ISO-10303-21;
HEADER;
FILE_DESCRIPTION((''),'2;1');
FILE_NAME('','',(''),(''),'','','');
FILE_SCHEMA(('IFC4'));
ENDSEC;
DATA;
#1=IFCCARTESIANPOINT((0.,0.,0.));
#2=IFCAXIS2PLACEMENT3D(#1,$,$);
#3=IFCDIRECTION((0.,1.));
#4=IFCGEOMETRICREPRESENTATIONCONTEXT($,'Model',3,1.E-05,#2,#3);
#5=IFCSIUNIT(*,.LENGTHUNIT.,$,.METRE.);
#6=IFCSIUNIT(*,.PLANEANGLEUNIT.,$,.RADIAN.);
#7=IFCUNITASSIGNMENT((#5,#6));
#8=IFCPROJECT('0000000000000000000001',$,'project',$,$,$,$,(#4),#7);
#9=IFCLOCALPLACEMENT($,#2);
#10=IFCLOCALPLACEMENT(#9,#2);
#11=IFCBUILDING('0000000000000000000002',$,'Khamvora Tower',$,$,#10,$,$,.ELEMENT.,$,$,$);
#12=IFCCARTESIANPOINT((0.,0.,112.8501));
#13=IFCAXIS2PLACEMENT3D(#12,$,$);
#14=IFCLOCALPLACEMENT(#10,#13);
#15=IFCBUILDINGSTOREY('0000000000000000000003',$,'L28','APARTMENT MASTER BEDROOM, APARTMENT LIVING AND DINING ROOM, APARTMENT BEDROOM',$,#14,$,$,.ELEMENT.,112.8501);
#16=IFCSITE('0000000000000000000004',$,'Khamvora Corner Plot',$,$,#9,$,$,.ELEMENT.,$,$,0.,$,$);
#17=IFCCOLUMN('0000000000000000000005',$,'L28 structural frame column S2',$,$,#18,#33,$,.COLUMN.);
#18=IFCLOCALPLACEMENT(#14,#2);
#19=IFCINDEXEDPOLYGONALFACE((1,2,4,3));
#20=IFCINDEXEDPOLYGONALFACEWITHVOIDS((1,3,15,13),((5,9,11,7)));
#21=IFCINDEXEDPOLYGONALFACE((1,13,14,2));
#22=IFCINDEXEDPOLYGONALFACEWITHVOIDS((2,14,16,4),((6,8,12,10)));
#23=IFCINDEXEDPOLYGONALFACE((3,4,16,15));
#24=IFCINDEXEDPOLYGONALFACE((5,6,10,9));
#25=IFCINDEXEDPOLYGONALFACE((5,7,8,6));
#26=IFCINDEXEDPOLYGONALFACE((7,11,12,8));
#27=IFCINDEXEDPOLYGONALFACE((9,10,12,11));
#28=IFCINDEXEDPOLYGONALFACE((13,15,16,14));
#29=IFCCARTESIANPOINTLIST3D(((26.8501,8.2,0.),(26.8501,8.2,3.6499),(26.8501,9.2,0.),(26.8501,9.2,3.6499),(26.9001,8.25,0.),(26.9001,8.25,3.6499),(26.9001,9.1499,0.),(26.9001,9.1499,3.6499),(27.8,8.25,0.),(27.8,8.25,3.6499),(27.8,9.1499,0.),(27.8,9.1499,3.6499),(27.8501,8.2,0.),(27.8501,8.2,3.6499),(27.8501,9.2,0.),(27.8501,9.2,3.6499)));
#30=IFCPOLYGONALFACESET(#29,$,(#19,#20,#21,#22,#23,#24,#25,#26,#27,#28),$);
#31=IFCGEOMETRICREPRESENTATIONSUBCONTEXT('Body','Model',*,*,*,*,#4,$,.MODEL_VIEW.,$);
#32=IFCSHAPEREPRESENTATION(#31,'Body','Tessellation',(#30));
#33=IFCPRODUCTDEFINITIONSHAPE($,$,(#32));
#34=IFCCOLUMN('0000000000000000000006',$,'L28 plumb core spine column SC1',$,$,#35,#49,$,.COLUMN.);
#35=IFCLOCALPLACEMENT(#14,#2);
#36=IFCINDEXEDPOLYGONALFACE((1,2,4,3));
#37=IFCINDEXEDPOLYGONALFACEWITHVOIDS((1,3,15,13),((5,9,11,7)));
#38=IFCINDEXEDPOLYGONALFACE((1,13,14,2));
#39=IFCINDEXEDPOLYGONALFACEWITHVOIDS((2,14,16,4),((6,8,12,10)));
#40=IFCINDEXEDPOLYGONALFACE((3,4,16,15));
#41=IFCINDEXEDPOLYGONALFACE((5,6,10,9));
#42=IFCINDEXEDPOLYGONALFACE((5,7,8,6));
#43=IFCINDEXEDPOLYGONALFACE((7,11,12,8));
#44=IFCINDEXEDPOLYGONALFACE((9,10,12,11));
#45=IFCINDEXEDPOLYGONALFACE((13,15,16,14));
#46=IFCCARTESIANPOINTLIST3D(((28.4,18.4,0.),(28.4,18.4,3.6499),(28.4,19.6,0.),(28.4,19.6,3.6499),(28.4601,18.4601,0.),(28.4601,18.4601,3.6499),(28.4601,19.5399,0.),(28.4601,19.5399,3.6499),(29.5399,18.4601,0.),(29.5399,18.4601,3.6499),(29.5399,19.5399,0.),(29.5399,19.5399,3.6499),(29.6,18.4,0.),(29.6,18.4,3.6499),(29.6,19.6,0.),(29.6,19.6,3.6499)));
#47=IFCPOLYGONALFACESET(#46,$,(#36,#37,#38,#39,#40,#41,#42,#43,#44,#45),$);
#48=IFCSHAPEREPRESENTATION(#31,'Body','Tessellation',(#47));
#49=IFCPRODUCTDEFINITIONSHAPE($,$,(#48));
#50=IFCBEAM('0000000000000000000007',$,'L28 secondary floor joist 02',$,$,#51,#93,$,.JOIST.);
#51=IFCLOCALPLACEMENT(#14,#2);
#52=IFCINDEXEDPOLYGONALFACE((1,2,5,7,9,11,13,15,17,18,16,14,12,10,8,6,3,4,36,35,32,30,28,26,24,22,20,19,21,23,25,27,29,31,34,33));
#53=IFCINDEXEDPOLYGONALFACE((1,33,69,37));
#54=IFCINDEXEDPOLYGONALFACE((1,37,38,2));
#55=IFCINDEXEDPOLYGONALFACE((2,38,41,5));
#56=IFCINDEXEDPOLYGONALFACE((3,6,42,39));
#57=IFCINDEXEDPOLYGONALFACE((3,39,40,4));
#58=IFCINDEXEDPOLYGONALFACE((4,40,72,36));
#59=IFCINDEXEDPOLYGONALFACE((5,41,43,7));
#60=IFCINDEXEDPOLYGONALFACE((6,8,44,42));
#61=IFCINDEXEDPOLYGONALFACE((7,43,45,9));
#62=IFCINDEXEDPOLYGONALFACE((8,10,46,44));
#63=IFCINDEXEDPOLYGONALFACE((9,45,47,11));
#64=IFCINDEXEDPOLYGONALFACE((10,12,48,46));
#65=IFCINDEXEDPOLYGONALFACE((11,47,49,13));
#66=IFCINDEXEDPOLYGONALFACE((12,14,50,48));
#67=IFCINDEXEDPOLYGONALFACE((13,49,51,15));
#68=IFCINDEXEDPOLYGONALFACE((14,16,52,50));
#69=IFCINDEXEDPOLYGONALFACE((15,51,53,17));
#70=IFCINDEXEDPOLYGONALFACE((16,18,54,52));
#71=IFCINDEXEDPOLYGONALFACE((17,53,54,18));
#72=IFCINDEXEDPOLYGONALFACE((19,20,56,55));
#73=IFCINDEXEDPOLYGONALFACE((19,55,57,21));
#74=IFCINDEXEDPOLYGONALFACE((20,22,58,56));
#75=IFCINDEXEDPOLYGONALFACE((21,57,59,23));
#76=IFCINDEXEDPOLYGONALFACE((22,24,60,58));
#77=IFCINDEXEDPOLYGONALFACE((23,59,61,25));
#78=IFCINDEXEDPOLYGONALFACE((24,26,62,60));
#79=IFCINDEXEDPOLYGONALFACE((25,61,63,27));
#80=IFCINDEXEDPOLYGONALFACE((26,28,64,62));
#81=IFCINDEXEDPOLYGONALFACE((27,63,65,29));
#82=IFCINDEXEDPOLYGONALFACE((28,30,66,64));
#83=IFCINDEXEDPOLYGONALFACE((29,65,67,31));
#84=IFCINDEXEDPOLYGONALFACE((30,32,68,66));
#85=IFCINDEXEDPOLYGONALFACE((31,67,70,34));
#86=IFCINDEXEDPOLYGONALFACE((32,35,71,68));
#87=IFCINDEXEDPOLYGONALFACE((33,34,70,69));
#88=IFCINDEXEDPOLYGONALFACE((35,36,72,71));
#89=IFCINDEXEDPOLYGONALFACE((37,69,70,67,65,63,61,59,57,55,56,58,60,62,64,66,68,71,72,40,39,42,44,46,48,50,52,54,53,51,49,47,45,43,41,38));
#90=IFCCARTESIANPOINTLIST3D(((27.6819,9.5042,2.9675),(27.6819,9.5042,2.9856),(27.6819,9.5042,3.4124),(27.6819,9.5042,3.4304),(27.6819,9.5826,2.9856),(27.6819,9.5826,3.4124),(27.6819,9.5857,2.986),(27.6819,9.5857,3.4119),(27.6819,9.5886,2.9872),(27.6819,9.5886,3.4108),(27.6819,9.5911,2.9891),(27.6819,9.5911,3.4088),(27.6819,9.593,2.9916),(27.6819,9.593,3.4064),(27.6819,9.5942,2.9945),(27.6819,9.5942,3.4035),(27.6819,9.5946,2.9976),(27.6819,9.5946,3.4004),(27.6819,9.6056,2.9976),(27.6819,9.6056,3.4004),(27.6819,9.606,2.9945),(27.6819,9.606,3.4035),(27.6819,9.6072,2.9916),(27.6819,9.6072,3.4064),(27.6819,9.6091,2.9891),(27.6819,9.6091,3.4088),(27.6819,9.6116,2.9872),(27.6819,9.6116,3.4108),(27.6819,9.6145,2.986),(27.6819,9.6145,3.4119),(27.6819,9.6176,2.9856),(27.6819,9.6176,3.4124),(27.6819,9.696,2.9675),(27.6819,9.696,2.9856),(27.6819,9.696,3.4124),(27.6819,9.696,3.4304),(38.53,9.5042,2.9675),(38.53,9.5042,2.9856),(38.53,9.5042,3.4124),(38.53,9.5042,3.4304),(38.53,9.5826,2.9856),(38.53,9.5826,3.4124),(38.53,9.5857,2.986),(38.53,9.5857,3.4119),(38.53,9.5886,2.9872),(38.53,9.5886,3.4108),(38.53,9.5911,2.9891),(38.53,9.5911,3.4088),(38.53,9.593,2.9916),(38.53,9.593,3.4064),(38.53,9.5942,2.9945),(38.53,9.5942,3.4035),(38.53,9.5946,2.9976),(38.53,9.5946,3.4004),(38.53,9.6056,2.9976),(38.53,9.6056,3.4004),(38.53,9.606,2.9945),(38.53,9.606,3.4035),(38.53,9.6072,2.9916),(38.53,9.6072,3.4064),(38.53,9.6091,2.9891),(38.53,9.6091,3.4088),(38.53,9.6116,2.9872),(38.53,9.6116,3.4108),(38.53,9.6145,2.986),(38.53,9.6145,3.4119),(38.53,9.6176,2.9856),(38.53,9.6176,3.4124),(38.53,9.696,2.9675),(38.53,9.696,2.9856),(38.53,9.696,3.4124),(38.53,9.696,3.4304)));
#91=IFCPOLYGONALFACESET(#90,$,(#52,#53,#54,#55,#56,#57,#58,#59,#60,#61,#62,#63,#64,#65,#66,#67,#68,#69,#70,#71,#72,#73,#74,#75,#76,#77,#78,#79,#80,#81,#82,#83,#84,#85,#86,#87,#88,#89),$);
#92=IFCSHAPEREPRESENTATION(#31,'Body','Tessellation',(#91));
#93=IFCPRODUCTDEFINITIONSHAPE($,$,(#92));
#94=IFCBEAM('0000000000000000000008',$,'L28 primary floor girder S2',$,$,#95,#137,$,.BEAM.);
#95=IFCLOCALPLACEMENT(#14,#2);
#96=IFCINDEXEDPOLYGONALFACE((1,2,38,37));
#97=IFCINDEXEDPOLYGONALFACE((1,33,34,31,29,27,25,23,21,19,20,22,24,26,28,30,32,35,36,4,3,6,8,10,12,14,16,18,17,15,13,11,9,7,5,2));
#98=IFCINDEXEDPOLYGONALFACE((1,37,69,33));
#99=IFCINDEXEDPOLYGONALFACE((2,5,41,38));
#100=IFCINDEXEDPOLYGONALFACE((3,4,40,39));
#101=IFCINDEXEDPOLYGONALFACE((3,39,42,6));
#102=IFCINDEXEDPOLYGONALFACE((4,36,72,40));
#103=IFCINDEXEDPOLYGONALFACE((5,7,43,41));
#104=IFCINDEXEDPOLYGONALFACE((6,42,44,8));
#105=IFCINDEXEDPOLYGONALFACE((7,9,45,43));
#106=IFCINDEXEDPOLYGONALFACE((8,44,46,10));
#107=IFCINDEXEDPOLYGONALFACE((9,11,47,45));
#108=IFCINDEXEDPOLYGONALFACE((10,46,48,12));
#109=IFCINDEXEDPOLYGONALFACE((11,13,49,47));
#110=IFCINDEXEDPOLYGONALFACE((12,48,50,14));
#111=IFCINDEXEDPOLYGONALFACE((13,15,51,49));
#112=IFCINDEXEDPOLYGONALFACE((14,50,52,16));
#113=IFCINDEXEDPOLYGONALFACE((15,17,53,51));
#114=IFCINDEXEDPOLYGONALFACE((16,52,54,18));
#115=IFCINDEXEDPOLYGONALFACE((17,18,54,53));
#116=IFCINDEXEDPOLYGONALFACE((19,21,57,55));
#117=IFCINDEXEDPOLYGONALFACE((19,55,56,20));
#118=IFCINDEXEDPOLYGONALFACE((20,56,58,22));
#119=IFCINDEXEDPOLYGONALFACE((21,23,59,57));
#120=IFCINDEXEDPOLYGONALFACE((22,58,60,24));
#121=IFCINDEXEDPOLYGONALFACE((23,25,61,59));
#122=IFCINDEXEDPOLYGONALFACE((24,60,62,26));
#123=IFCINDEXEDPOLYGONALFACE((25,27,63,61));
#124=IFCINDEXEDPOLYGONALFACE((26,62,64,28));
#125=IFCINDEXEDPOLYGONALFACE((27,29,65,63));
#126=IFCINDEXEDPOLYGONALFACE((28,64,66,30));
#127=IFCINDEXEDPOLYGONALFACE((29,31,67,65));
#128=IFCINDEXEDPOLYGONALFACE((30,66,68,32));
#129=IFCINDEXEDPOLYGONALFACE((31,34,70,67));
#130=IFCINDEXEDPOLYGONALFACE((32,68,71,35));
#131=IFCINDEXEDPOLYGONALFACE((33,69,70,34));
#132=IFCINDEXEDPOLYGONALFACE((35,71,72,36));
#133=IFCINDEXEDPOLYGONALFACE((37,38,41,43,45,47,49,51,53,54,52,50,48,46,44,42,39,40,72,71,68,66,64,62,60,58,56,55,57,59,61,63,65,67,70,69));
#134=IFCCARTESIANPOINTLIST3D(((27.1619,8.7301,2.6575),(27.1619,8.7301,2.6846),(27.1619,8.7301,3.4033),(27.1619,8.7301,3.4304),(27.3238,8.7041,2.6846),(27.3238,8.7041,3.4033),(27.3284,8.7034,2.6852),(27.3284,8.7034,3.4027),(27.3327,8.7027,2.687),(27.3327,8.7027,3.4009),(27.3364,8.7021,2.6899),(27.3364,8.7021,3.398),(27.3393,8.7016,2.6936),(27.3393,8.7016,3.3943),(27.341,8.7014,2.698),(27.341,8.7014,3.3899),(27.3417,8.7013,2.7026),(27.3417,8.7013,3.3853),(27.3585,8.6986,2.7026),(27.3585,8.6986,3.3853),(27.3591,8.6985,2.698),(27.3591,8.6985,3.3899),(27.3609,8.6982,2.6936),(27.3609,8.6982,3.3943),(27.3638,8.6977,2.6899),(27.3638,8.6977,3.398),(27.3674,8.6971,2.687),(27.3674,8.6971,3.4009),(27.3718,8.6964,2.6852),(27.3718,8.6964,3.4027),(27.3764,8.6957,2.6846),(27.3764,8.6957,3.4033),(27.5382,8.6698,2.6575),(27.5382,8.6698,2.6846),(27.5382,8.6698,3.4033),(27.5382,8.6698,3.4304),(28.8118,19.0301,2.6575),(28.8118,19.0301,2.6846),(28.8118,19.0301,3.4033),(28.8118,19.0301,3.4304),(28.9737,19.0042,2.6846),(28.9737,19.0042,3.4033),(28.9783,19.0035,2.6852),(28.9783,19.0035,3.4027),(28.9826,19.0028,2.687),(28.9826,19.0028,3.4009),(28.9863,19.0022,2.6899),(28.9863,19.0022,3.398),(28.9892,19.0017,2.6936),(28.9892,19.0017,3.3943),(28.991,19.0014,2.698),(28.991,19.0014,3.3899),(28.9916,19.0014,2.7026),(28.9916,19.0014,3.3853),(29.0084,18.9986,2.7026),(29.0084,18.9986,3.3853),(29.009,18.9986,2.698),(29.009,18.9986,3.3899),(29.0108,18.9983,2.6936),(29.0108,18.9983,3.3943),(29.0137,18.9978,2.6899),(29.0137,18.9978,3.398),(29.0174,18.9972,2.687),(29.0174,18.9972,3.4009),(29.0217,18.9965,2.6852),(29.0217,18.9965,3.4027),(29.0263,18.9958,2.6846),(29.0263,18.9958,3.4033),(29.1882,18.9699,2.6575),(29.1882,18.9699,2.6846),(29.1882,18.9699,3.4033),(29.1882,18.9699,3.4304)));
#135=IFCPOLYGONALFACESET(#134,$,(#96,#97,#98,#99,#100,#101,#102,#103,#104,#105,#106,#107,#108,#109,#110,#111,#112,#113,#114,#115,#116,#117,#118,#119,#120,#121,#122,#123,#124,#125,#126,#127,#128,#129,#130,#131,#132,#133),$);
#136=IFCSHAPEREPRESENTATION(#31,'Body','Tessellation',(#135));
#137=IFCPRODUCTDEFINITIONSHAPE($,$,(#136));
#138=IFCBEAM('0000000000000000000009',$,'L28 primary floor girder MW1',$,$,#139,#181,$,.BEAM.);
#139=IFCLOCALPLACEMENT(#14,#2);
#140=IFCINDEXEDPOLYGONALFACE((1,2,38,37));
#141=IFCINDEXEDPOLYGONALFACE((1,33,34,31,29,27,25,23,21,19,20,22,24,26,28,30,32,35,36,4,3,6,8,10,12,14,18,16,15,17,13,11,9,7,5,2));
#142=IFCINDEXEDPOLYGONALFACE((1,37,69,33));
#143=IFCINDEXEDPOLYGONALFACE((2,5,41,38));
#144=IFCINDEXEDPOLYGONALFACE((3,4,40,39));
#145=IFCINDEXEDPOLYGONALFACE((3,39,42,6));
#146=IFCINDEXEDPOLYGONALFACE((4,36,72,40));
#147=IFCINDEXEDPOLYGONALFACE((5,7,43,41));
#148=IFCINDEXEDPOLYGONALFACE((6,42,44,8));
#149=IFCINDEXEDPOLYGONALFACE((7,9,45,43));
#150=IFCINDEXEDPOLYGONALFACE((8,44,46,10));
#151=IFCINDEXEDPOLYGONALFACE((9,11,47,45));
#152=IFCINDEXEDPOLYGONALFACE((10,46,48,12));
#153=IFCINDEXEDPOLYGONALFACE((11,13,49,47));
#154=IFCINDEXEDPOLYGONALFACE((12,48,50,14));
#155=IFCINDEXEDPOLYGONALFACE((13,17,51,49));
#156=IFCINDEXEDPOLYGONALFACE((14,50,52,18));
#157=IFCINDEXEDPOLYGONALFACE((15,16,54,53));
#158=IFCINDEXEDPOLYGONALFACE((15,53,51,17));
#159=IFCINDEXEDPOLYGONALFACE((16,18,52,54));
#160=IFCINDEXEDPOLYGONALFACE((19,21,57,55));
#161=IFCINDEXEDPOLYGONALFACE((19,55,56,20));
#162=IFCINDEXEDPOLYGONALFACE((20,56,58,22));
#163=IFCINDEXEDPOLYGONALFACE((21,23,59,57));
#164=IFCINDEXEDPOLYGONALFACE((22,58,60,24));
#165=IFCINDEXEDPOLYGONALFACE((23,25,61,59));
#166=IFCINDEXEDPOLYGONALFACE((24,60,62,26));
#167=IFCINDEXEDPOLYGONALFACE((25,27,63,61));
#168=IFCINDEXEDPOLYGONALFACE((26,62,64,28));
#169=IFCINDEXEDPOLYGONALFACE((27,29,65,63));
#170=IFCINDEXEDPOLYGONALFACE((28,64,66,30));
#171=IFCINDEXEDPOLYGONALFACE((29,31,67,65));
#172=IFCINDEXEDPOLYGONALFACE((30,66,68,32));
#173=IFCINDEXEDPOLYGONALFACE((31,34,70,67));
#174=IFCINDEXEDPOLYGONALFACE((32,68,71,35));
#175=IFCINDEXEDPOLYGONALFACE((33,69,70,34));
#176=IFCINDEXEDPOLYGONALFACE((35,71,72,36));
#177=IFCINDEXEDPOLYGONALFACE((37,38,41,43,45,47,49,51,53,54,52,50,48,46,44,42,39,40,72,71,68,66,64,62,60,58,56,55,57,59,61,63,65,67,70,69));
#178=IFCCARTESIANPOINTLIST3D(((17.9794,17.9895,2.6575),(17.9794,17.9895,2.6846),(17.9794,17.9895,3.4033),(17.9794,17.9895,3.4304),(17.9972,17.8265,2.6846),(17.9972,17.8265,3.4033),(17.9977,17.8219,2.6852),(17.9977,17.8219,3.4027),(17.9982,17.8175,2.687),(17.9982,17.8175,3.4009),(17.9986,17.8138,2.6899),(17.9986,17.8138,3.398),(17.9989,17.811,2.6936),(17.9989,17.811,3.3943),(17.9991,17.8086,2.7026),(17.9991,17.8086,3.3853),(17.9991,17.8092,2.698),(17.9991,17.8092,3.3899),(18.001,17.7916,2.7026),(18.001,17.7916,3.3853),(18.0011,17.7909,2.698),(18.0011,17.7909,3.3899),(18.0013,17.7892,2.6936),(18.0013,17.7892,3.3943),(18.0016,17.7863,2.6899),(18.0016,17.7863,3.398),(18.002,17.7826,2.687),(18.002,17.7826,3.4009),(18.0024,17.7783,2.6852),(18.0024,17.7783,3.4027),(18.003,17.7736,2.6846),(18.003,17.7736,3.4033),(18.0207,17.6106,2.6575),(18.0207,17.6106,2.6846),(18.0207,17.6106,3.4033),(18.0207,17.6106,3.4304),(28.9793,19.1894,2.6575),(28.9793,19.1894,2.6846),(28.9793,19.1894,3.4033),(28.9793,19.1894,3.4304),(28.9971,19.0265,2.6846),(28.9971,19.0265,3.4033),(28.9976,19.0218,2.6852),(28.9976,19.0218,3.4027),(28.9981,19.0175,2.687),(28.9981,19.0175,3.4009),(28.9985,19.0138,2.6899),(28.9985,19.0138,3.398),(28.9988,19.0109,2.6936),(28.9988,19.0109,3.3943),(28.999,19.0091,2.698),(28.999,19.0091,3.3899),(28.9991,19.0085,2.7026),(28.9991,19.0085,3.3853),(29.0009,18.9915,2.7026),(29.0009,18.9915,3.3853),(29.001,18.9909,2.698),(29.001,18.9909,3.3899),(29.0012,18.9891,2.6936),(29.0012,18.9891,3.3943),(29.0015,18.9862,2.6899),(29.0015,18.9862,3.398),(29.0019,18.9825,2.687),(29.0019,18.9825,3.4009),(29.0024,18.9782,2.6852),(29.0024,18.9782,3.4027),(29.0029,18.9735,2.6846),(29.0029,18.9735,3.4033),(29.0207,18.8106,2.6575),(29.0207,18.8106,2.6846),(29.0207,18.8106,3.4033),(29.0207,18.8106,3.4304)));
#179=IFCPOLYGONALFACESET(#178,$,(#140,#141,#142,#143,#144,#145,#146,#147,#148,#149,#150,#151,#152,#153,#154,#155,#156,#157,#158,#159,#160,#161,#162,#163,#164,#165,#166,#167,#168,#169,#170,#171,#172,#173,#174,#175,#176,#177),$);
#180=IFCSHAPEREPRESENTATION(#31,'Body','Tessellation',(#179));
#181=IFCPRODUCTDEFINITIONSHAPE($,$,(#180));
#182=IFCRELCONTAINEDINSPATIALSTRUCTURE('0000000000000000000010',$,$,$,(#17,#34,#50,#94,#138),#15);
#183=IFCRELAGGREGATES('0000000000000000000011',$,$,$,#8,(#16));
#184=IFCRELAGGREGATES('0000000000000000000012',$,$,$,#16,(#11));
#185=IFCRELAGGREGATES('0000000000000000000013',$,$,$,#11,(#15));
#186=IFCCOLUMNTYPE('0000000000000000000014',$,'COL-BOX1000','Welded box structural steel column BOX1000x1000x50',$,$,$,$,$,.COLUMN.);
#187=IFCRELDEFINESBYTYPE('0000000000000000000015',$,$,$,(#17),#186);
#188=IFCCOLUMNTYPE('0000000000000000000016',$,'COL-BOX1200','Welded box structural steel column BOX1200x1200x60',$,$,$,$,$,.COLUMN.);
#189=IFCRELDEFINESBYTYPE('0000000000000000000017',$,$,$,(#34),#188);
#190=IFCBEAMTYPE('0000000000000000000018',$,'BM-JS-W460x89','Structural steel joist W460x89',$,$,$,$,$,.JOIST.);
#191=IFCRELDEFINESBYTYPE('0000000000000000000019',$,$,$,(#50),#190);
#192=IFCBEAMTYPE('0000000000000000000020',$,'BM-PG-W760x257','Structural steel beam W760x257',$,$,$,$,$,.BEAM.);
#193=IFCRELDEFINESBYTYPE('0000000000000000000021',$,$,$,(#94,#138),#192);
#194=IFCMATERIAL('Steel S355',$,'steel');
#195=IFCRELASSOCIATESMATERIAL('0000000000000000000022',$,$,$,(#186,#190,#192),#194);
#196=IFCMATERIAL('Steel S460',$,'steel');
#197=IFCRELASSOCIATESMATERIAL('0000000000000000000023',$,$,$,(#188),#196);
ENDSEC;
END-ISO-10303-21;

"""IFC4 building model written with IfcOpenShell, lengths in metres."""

from ifc_helpers import new_model, si_unit, direction, frame, origin, origin_2d, place, context, subcontext, project, spatial, hollow_rectangle, i_section, extrude, material, material_profile, profile_set, type_object, element, save


model = new_model("IFC4")

# Units and contexts
model_context = context("Model", 3, precision=1e-05, world=origin(), true_north=direction((0.0, 1.0)))
body_context = subcontext(model_context, "Body", "Model", "MODEL_VIEW")
ifc_project = project(units=[si_unit("LENGTHUNIT", "METRE"), si_unit("PLANEANGLEUNIT", "RADIAN")], contexts=[model_context])

# Site, building, storey
site_placement = place(None, origin())
site = spatial("IfcSite", under=ifc_project, at=site_placement, Name="Khamvora Corner Plot", CompositionType="ELEMENT", RefElevation=0.0)
building_placement = place(site_placement, origin())
building = spatial("IfcBuilding", under=site, at=building_placement, Name="Khamvora Tower", CompositionType="ELEMENT")
storey_placement = place(building_placement, frame((0.0, 0.0, 112.8501)))
storey = spatial("IfcBuildingStorey", under=building, at=storey_placement, Name="L28", Description="APARTMENT MASTER BEDROOM, APARTMENT LIVING AND DINING ROOM, APARTMENT BEDROOM", CompositionType="ELEMENT", Elevation=112.8501)

# Columns
ifc_material_1 = material(Name="Steel S355", Category="steel")
ifc_material_profile_1 = material_profile(ifc_material_1, hollow_rectangle(XDim=1.0, YDim=1.0, WallThickness=0.05, at=origin_2d()), Name="BOX1000x1000x50")
ifc_profile_set_1 = profile_set([ifc_material_profile_1], Name="Steel S355")
column_type_1 = type_object("IfcColumnType", Name="COL-BOX1000", Description="Welded box structural steel column BOX1000x1000x50", PredefinedType="COLUMN", material=ifc_profile_set_1)
column_1_placement = place(storey_placement, frame((27.3501, 8.7, 0.0), z_axis=(0.0, 0.0, 1.0), x_axis=(1.0, 0.0, 0.0)))
element("IfcColumn", 1, at=column_1_placement, inside=storey, type_object=column_type_1, Name="L28 structural frame column S2", PredefinedType="COLUMN", context=body_context, shape_type="SweptSolid", body=[
    extrude(hollow_rectangle(XDim=1.0, YDim=1.0, WallThickness=0.05, at=origin_2d()), origin(), (0.0, 0.0, 1.0), 3.6499),
])
ifc_material_2 = material(Name="Steel S460", Category="steel")
ifc_material_profile_2 = material_profile(ifc_material_2, hollow_rectangle(XDim=1.2, YDim=1.2, WallThickness=0.0601, at=origin_2d()), Name="BOX1200x1200x60")
ifc_profile_set_2 = profile_set([ifc_material_profile_2], Name="Steel S460")
column_type_2 = type_object("IfcColumnType", Name="COL-BOX1200", Description="Welded box structural steel column BOX1200x1200x60", PredefinedType="COLUMN", material=ifc_profile_set_2)
column_2_placement = place(storey_placement, frame((29.0, 19.0, 0.0), z_axis=(0.0, 0.0, 1.0), x_axis=(1.0, 0.0, 0.0)))
element("IfcColumn", 2, at=column_2_placement, inside=storey, type_object=column_type_2, Name="L28 plumb core spine column SC1", PredefinedType="COLUMN", context=body_context, shape_type="SweptSolid", body=[
    extrude(hollow_rectangle(XDim=1.2, YDim=1.2, WallThickness=0.0601, at=origin_2d()), origin(), (0.0, 0.0, 1.0), 3.6499),
])

# Beams
ifc_material_profile_3 = material_profile(ifc_material_1, i_section(OverallWidth=0.1919, OverallDepth=0.4629, WebThickness=0.011, FlangeThickness=0.0181, FilletRadius=0.012, at=origin_2d()), Name="W460x89")
ifc_profile_set_3 = profile_set([ifc_material_profile_3], Name="Steel S355")
beam_type_1 = type_object("IfcBeamType", Name="BM-JS-W460x89", Description="Structural steel joist W460x89", PredefinedType="JOIST", material=ifc_profile_set_3)
beam_1_placement = place(storey_placement, frame((27.6819, 9.6001, 3.199), z_axis=(1.0, 0.0, 0.0), x_axis=(0.0, 1.0, 0.0)))
element("IfcBeam", 3, at=beam_1_placement, inside=storey, type_object=beam_type_1, Name="L28 secondary floor joist 02", PredefinedType="JOIST", context=body_context, shape_type="SweptSolid", body=[
    extrude(i_section(OverallWidth=0.1919, OverallDepth=0.4629, WebThickness=0.011, FlangeThickness=0.0181, FilletRadius=0.012, at=origin_2d()), origin(), (0.0, 0.0, 1.0), 10.8481),
])
ifc_material_profile_4 = material_profile(ifc_material_1, i_section(OverallWidth=0.3811, OverallDepth=0.7729, WebThickness=0.0171, FlangeThickness=0.0271, FilletRadius=0.0181, at=origin_2d()), Name="W760x257")
ifc_profile_set_4 = profile_set([ifc_material_profile_4], Name="Steel S355")
beam_type_2 = type_object("IfcBeamType", Name="BM-PG-W760x257", Description="Structural steel beam W760x257", PredefinedType="BEAM", material=ifc_profile_set_4)
beam_2_placement = place(storey_placement, frame((29.0, 19.0, 3.0439), z_axis=(-0.158168, -0.987412, 0.0), x_axis=(0.987412, -0.158168, 0.0)))
element("IfcBeam", 4, at=beam_2_placement, inside=storey, type_object=beam_type_2, Name="L28 primary floor girder S2", PredefinedType="BEAM", context=body_context, shape_type="SweptSolid", body=[
    extrude(i_section(OverallWidth=0.3811, OverallDepth=0.7729, WebThickness=0.0171, FlangeThickness=0.0271, FilletRadius=0.0181, at=origin_2d()), origin(), (0.0, 0.0, 1.0), 10.4314),
])
beam_3_placement = place(storey_placement, frame((29.0, 19.0, 3.0439), z_axis=(-0.994103, -0.108443, 0.0), x_axis=(0.108443, -0.994103, 0.0)))
element("IfcBeam", 5, at=beam_3_placement, inside=storey, type_object=beam_type_2, Name="L28 primary floor girder MW1", PredefinedType="BEAM", context=body_context, shape_type="SweptSolid", body=[
    extrude(i_section(OverallWidth=0.3811, OverallDepth=0.7729, WebThickness=0.0171, FlangeThickness=0.0271, FilletRadius=0.0181, at=origin_2d()), origin(), (0.0, 0.0, 1.0), 11.0652),
])

save(model, "model.ifc")
